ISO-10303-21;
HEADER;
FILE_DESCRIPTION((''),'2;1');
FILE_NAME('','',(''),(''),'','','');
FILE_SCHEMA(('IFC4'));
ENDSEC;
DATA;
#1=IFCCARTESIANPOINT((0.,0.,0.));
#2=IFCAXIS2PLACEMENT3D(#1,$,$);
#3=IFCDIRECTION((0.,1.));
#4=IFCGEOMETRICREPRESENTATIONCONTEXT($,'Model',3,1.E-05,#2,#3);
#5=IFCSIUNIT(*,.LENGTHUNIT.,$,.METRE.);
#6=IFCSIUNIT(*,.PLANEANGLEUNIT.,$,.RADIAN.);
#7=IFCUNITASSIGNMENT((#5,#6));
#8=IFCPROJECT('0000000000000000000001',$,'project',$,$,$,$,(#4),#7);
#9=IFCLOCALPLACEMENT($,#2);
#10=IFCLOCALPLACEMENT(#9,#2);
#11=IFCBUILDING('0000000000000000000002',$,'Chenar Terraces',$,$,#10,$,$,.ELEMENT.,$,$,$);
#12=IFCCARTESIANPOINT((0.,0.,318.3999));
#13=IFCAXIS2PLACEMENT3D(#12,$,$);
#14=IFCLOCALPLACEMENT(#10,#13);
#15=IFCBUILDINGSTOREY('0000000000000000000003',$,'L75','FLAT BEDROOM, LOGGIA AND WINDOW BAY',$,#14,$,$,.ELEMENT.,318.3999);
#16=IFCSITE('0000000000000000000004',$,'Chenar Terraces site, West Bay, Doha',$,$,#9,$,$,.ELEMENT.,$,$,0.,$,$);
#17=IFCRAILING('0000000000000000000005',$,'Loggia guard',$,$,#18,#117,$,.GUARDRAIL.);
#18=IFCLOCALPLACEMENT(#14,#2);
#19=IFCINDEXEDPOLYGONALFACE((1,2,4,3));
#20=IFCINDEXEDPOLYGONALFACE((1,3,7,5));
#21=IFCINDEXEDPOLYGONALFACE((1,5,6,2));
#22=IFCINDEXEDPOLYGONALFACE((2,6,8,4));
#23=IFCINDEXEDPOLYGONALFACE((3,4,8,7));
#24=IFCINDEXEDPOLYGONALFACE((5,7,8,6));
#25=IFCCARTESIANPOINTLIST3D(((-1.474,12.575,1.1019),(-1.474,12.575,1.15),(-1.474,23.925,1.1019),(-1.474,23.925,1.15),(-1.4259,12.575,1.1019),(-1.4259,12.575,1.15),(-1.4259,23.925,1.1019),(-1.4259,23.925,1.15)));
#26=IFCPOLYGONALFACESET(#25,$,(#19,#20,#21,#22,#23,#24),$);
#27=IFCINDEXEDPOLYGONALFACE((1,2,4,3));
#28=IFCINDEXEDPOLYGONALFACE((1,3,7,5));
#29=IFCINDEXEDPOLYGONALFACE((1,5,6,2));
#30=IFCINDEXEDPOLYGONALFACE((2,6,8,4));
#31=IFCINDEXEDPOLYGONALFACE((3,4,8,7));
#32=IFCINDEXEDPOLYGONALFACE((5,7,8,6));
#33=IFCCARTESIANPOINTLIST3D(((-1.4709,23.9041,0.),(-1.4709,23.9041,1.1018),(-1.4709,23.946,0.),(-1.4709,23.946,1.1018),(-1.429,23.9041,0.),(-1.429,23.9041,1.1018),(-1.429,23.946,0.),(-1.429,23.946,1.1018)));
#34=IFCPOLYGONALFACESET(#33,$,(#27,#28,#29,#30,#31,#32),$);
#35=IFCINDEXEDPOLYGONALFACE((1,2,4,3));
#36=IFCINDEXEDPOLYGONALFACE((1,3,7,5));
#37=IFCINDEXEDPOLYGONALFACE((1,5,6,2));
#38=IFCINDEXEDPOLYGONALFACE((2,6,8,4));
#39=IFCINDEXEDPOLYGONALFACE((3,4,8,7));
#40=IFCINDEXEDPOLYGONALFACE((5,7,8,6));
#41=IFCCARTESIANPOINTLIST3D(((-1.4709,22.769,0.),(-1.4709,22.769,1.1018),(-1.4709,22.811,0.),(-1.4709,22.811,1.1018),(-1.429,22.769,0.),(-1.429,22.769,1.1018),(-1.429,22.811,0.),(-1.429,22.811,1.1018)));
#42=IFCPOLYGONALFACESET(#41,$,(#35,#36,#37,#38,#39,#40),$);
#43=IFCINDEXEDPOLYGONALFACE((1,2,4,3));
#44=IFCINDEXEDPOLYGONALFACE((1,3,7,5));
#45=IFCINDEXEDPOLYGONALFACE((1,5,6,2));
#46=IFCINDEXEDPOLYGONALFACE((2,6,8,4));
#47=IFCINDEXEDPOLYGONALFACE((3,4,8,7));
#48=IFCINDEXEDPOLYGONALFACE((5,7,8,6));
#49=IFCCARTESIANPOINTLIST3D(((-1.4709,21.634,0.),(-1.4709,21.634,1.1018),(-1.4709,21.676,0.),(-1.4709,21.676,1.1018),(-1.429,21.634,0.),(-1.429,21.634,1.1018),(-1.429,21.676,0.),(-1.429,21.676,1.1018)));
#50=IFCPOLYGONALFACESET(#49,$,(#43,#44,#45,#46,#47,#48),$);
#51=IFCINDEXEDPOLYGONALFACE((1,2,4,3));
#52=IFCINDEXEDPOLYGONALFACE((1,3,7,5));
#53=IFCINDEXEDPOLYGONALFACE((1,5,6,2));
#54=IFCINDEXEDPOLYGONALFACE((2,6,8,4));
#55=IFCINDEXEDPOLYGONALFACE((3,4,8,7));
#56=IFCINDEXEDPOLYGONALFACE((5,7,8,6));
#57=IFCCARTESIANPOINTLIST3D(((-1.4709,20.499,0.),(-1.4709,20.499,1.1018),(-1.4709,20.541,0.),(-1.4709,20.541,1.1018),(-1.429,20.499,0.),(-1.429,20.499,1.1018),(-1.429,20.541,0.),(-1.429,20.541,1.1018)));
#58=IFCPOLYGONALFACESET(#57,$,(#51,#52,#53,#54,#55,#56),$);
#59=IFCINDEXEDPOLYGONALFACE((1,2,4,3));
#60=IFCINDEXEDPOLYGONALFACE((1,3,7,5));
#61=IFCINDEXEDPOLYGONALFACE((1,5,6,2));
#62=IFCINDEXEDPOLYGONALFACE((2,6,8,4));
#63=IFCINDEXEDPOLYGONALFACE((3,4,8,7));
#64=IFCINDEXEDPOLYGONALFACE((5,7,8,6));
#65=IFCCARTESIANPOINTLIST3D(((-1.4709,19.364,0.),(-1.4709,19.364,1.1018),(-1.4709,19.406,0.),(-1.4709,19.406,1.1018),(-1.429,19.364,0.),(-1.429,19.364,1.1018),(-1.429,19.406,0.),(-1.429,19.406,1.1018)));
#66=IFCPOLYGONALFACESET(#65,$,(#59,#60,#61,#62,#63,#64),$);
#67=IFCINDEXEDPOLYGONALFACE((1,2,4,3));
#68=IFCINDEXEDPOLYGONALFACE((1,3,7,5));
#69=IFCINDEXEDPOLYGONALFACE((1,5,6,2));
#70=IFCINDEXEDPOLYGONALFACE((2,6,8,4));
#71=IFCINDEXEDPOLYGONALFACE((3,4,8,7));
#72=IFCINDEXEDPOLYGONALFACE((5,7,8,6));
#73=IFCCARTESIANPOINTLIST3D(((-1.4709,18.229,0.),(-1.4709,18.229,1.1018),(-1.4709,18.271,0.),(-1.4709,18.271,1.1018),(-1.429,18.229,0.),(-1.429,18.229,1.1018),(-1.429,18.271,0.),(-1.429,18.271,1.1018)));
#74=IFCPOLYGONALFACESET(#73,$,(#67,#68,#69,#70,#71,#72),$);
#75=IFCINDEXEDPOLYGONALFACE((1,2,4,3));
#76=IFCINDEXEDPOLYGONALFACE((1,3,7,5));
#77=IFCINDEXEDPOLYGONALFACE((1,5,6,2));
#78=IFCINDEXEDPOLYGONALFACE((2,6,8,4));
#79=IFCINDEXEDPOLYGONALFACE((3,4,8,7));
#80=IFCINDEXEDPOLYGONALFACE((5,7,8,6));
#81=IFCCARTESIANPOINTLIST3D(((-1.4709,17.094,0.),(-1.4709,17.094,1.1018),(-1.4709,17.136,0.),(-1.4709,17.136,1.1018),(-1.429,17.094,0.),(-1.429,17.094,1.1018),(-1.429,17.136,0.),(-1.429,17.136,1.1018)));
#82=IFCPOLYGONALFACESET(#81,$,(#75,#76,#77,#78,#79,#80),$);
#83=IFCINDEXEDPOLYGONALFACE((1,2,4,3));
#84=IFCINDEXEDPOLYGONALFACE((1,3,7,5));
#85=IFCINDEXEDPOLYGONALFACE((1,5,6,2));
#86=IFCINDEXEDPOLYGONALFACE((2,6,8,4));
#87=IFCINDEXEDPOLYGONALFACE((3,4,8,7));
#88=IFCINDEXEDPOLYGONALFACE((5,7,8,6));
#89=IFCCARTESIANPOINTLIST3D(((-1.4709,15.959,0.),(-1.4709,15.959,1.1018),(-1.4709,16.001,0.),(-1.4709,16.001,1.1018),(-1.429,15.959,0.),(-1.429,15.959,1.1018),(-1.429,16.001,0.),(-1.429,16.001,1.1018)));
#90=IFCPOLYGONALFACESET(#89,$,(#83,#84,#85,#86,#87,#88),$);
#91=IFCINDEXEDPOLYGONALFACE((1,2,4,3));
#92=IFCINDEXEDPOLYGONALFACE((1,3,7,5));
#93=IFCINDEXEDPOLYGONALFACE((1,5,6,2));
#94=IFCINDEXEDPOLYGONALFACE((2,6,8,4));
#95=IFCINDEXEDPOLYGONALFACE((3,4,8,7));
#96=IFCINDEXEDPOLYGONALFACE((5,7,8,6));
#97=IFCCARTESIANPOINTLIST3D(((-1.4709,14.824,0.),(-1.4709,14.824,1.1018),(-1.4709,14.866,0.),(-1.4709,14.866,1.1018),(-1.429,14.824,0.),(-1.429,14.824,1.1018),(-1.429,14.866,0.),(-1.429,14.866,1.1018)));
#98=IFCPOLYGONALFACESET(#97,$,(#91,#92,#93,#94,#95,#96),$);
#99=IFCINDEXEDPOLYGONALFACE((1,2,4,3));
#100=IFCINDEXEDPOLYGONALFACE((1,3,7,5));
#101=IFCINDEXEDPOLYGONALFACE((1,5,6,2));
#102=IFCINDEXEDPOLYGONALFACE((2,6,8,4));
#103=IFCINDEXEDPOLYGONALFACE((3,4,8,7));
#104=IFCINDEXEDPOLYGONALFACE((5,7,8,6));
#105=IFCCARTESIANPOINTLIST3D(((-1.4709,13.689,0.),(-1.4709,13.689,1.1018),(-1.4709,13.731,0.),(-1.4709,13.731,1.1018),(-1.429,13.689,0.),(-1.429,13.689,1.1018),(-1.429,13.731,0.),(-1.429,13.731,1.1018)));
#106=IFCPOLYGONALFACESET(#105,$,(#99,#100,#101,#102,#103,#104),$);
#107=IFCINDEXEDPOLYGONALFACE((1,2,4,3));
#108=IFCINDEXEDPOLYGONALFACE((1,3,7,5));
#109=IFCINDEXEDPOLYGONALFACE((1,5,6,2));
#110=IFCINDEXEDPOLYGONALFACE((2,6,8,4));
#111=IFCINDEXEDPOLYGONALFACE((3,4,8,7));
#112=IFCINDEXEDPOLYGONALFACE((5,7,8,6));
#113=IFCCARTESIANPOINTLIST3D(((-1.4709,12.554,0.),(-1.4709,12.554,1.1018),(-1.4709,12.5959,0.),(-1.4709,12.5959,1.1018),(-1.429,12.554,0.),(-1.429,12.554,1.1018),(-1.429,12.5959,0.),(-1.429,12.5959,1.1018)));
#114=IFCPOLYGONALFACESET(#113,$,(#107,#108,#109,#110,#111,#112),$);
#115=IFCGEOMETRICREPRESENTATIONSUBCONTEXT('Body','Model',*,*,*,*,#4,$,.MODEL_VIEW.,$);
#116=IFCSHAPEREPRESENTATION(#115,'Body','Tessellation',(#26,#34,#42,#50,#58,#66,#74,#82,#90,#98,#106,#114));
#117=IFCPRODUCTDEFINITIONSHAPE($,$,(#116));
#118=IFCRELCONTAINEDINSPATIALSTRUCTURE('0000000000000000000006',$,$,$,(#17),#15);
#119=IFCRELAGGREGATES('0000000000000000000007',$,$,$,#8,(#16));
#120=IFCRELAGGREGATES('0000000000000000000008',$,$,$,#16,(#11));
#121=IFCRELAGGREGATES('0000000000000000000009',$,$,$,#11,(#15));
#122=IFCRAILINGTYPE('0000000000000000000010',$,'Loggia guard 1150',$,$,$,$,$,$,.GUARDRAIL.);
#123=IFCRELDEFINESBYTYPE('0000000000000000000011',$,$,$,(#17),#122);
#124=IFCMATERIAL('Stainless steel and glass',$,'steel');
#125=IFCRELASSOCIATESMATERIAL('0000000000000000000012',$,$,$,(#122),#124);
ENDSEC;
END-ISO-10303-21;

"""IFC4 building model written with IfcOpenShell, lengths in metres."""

from ifc_helpers import new_model, si_unit, direction, frame, origin, origin_2d, place, context, subcontext, project, spatial, rectangle, extrude, material, type_object, element, save


model = new_model("IFC4")

# Units and contexts
model_context = context("Model", 3, precision=1e-05, world=origin(), true_north=direction((0.0, 1.0)))
body_context = subcontext(model_context, "Body", "Model", "MODEL_VIEW")
ifc_project = project(units=[si_unit("LENGTHUNIT", "METRE"), si_unit("PLANEANGLEUNIT", "RADIAN")], contexts=[model_context])

# Site, building, storey
site_placement = place(None, origin())
site = spatial("IfcSite", under=ifc_project, at=site_placement, Name="Chenar Terraces site, West Bay, Doha", CompositionType="ELEMENT", RefElevation=0.0)
building_placement = place(site_placement, origin())
building = spatial("IfcBuilding", under=site, at=building_placement, Name="Chenar Terraces", CompositionType="ELEMENT")
storey_placement = place(building_placement, frame((0.0, 0.0, 318.3999)))
storey = spatial("IfcBuildingStorey", under=building, at=storey_placement, Name="L75", Description="FLAT BEDROOM, LOGGIA AND WINDOW BAY", CompositionType="ELEMENT", Elevation=318.3999)

# Railing
ifc_material_1 = material(Name="Stainless steel and glass", Category="steel")
railing_type_1 = type_object("IfcRailingType", Name="Loggia guard 1150", PredefinedType="GUARDRAIL", material=ifc_material_1)
railing_1_placement = place(storey_placement, frame((-1.45, 23.925, 0.0)))
element("IfcRailing", 1, at=railing_1_placement, inside=storey, type_object=railing_type_1, Name="Loggia guard", PredefinedType="GUARDRAIL", context=body_context, shape_type="SweptSolid", body=[
    extrude(rectangle(XDim=0.0481, YDim=0.0481, at=origin_2d()), frame((0.0, 0.0, 1.126), z_axis=(0.0, -1.0, 0.0), x_axis=(1.0, 0.0, 0.0)), (0.0, 0.0, 1.0), 11.3501),
    extrude(rectangle(XDim=0.042, YDim=0.042, at=origin_2d()), origin(), (0.0, 0.0, 1.0), 1.1018),
    extrude(rectangle(XDim=0.042, YDim=0.042, at=origin_2d()), frame((0.0, -1.135, 0.0)), (0.0, 0.0, 1.0), 1.1018),
    extrude(rectangle(XDim=0.042, YDim=0.042, at=origin_2d()), frame((0.0, -2.27, 0.0)), (0.0, 0.0, 1.0), 1.1018),
    extrude(rectangle(XDim=0.042, YDim=0.042, at=origin_2d()), frame((0.0, -3.405, 0.0)), (0.0, 0.0, 1.0), 1.1018),
    extrude(rectangle(XDim=0.042, YDim=0.042, at=origin_2d()), frame((0.0, -4.54, 0.0)), (0.0, 0.0, 1.0), 1.1018),
    extrude(rectangle(XDim=0.042, YDim=0.042, at=origin_2d()), frame((0.0, -5.675, 0.0)), (0.0, 0.0, 1.0), 1.1018),
    extrude(rectangle(XDim=0.042, YDim=0.042, at=origin_2d()), frame((0.0, -6.8101, 0.0)), (0.0, 0.0, 1.0), 1.1018),
    extrude(rectangle(XDim=0.042, YDim=0.042, at=origin_2d()), frame((0.0, -7.9451, 0.0)), (0.0, 0.0, 1.0), 1.1018),
    extrude(rectangle(XDim=0.042, YDim=0.042, at=origin_2d()), frame((0.0, -9.0801, 0.0)), (0.0, 0.0, 1.0), 1.1018),
    extrude(rectangle(XDim=0.042, YDim=0.042, at=origin_2d()), frame((0.0, -10.2151, 0.0)), (0.0, 0.0, 1.0), 1.1018),
    extrude(rectangle(XDim=0.042, YDim=0.042, at=origin_2d()), frame((0.0, -11.3501, 0.0)), (0.0, 0.0, 1.0), 1.1018),
])

save(model, "model.ifc")
